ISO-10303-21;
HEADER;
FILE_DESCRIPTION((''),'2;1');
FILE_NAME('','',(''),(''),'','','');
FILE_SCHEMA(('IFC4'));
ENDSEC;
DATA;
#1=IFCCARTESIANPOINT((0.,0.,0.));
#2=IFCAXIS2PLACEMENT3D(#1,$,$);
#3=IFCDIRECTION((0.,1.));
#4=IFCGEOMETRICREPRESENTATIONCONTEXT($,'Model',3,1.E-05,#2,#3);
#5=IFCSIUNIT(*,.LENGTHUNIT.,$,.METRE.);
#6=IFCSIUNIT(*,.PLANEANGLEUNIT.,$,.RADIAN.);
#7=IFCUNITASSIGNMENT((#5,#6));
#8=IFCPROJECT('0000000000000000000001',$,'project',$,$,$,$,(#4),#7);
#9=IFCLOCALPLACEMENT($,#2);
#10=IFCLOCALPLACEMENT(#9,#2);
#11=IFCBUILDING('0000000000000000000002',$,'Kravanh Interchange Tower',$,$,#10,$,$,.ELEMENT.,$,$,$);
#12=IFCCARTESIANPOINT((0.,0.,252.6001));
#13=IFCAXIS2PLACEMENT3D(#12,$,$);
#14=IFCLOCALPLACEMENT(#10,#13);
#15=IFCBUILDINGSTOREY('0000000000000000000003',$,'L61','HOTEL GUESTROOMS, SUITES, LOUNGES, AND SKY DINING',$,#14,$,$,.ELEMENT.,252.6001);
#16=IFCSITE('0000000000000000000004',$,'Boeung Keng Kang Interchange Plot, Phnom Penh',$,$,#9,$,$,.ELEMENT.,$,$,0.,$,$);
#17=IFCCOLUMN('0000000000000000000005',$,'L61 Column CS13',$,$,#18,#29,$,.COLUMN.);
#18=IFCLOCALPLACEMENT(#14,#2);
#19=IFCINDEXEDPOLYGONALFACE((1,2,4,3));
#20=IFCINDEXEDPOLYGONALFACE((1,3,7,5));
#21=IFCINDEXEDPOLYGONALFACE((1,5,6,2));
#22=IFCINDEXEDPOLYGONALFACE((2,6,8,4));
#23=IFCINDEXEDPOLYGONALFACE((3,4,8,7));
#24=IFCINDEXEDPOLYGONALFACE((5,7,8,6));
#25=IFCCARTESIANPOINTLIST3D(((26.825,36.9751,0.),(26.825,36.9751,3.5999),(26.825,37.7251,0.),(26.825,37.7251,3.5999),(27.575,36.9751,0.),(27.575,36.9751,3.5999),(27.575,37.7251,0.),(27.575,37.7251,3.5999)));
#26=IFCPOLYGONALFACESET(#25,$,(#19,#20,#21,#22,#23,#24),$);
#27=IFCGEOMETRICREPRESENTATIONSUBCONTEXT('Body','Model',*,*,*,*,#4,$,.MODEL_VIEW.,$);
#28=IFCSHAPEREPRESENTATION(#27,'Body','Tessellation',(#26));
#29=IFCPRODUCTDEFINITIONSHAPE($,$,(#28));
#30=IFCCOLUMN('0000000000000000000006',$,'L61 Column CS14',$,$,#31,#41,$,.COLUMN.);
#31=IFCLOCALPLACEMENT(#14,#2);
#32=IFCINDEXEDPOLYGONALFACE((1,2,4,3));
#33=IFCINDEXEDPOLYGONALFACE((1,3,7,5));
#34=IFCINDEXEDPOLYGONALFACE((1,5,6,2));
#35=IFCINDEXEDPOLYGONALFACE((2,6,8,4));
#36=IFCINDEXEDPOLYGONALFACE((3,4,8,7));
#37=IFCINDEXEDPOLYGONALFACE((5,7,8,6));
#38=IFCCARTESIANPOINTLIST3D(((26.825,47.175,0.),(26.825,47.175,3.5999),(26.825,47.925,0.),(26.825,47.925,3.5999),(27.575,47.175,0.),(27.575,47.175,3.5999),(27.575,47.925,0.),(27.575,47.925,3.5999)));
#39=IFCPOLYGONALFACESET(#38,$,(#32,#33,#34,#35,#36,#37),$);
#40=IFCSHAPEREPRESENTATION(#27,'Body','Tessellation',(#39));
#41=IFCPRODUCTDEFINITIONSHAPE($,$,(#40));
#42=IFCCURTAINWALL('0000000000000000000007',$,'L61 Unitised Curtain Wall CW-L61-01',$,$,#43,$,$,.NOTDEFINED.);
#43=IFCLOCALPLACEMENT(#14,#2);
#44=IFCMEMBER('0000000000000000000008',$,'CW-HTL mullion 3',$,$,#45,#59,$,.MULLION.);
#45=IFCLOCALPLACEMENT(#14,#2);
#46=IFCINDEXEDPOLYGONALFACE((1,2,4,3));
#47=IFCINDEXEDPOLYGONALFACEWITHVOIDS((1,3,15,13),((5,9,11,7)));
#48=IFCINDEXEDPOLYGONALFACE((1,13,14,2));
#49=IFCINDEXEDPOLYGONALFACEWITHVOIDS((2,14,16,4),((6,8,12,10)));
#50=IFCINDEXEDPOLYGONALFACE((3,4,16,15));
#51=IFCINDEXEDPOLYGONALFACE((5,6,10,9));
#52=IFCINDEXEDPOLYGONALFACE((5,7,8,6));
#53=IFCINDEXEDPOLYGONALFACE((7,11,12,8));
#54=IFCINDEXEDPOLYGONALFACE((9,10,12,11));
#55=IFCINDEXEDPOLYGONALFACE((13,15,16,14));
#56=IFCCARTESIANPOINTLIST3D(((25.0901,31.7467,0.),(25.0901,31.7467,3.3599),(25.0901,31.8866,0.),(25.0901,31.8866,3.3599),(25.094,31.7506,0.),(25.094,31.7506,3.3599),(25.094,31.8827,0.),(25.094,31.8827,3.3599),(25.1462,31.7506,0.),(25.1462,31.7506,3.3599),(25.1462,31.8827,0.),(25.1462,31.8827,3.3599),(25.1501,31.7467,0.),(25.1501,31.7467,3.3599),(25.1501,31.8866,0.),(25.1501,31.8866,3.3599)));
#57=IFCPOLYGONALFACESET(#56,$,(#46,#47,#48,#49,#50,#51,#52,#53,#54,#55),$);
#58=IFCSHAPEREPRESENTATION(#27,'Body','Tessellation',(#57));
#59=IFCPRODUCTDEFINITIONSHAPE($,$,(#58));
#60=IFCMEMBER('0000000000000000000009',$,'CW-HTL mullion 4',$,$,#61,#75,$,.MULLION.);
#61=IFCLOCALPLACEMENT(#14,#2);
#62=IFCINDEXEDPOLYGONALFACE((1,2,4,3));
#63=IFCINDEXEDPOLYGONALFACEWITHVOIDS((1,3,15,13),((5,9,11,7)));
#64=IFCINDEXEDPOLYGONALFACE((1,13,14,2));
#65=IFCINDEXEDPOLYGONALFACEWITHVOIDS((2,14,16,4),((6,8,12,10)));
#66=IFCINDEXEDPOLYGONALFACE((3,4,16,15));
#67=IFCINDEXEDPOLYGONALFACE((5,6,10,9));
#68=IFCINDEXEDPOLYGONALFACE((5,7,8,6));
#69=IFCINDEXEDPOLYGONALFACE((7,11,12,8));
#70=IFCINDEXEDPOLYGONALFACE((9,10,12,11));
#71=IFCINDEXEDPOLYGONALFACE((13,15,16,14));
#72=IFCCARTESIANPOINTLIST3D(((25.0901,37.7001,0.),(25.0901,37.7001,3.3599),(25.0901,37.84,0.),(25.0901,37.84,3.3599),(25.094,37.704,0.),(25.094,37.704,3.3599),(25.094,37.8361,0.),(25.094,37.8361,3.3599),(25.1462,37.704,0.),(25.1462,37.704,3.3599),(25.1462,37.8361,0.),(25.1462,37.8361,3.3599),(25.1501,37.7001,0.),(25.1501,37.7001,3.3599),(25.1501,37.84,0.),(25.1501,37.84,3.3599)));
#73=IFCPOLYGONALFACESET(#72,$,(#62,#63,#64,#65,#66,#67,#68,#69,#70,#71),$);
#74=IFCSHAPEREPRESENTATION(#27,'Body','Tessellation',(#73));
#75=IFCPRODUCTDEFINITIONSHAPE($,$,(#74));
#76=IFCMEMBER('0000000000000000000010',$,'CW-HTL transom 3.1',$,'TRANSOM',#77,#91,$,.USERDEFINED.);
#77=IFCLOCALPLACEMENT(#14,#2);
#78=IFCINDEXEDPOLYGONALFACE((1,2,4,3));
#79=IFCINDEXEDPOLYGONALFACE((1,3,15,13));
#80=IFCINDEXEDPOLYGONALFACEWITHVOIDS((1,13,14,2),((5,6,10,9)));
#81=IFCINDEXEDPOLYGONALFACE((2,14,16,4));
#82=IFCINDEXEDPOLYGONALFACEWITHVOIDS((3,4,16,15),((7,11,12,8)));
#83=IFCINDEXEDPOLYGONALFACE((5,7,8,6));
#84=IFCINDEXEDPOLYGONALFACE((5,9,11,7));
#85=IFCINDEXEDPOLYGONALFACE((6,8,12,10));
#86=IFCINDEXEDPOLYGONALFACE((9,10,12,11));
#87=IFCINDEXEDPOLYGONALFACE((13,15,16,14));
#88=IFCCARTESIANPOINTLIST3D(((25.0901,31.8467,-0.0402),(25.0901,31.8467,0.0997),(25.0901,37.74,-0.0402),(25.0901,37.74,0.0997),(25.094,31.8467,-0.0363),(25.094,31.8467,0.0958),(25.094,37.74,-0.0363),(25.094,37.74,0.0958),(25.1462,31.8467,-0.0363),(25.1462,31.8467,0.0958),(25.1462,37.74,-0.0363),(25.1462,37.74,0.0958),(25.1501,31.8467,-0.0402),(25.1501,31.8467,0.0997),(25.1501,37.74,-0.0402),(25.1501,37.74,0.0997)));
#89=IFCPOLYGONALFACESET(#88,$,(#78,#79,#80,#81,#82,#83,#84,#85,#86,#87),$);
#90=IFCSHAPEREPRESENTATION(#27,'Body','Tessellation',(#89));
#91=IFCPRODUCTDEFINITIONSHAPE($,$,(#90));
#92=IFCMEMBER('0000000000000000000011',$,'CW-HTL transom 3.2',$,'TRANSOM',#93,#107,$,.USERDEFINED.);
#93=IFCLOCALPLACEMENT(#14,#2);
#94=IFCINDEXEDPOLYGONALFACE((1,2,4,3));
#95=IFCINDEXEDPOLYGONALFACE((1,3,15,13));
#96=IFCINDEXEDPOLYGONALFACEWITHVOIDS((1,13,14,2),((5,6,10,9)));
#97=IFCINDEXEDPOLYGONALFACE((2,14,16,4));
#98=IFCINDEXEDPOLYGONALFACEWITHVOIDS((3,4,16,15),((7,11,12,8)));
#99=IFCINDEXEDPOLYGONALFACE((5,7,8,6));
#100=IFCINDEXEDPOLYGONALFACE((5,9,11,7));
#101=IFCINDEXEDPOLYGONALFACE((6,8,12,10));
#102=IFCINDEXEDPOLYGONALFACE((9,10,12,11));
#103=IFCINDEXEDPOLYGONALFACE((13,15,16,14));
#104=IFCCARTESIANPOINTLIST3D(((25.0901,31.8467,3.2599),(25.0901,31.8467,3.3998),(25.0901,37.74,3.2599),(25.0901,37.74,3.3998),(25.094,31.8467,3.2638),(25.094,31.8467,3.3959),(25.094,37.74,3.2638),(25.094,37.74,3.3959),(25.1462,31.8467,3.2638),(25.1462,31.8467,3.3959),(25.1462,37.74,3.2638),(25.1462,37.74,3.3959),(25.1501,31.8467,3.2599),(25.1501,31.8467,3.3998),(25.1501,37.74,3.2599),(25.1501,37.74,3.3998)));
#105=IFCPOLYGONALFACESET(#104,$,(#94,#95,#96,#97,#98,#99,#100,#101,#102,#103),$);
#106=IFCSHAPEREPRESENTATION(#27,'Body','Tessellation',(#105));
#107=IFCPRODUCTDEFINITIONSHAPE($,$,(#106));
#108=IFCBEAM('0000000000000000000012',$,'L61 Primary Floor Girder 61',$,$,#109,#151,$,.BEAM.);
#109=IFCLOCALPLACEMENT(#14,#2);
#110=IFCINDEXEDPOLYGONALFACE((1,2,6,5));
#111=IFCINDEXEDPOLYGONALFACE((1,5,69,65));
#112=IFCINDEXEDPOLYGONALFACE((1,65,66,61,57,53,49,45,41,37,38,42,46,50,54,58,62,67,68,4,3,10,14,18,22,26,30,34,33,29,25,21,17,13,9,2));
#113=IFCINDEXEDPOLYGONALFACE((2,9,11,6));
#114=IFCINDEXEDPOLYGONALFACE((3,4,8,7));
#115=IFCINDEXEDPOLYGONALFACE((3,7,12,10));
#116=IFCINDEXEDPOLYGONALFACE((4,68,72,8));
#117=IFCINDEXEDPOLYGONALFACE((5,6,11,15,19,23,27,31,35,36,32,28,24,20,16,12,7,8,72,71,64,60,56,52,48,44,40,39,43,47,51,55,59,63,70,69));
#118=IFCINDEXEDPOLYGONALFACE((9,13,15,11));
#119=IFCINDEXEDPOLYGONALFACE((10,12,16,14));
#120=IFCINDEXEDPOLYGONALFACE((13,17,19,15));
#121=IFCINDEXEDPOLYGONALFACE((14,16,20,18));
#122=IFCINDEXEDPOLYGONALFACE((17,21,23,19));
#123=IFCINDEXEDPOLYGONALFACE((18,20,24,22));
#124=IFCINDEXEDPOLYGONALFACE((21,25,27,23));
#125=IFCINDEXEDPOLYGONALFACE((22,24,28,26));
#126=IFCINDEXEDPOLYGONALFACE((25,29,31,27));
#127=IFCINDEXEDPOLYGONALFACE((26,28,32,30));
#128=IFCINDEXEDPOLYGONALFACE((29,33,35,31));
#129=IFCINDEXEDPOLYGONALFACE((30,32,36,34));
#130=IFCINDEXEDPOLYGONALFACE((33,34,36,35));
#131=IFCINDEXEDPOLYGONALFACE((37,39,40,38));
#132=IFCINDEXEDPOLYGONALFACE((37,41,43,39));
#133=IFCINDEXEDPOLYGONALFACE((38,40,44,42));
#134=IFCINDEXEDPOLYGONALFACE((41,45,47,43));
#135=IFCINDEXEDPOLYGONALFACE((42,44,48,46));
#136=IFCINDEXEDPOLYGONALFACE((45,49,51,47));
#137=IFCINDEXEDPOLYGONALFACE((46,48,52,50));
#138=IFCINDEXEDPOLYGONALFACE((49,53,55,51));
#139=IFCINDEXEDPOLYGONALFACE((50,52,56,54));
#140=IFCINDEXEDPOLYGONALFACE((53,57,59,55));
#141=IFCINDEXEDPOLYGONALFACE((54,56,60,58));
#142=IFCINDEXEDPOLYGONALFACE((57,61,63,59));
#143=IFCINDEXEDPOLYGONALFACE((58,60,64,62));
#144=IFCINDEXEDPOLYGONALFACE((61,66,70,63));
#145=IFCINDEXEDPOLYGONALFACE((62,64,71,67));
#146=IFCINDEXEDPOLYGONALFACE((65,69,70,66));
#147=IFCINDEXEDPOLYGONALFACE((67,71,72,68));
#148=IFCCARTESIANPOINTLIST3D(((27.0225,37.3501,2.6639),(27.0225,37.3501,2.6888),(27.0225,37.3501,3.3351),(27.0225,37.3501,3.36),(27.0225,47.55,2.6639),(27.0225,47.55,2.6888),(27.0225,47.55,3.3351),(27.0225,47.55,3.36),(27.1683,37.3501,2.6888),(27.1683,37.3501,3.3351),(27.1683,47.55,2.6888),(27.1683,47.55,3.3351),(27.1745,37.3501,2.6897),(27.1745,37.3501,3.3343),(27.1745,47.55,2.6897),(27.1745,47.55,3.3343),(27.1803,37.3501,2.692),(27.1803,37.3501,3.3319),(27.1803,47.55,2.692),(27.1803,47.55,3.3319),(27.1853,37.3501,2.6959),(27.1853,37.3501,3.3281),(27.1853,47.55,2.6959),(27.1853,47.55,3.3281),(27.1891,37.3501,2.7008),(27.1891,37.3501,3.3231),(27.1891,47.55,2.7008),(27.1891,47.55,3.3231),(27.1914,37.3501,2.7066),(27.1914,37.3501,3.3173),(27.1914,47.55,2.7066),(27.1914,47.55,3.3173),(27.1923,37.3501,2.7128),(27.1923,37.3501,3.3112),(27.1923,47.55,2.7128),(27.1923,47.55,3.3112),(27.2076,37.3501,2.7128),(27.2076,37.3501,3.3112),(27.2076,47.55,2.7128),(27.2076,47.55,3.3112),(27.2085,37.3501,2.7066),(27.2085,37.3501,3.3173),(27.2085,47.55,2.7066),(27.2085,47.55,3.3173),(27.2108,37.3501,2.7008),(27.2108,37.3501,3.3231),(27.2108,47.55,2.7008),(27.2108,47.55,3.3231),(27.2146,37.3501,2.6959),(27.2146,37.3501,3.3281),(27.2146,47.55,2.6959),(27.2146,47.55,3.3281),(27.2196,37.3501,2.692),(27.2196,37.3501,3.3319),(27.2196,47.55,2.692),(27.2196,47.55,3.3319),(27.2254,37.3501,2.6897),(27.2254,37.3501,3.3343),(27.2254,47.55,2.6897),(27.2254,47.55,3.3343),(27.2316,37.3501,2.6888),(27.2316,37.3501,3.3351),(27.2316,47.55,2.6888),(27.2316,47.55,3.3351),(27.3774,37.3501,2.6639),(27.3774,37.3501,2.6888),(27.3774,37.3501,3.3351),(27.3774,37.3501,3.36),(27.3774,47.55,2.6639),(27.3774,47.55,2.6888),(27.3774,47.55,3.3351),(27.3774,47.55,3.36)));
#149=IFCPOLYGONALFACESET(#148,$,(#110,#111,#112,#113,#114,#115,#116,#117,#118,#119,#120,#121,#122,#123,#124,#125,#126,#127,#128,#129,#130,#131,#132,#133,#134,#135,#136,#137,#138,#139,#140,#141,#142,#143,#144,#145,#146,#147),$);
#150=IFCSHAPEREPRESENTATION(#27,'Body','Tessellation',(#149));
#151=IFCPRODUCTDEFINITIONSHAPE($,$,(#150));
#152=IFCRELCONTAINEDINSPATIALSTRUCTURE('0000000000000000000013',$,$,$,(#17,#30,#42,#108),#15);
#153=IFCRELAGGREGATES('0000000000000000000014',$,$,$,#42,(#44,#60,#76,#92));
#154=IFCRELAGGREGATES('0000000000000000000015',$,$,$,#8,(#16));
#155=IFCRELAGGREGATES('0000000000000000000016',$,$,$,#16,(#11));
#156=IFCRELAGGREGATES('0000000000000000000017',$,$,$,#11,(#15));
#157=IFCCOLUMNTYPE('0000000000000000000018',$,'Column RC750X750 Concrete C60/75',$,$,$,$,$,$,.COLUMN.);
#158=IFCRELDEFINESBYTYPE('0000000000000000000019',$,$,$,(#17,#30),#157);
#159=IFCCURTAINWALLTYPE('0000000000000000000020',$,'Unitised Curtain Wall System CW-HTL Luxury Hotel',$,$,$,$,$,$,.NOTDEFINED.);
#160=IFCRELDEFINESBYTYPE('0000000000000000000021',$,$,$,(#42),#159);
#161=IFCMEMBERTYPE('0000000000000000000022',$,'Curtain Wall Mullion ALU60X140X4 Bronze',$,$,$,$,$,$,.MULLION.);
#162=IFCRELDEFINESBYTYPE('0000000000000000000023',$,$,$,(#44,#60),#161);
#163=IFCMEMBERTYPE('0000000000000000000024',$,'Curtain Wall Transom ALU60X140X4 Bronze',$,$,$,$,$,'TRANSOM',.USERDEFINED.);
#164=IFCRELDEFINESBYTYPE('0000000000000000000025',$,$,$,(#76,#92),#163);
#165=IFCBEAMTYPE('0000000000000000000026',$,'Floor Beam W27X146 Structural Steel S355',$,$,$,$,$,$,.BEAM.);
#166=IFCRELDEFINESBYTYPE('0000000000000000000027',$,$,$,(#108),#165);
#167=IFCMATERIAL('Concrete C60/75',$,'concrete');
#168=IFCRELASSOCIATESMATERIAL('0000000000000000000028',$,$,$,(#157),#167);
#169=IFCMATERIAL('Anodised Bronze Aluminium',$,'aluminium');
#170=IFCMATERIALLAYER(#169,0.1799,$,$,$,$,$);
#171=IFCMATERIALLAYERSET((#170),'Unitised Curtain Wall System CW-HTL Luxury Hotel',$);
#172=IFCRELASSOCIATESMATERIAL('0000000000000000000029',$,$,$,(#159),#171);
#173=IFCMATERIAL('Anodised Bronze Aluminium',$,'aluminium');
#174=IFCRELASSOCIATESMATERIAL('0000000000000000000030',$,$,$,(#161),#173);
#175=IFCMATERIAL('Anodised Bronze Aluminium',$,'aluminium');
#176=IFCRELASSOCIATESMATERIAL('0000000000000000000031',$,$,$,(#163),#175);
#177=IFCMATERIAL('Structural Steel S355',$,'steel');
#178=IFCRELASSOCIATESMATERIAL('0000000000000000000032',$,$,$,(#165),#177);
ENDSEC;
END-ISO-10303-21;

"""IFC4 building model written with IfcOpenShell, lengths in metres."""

from ifc_helpers import new_model, si_unit, direction, frame, origin, origin_2d, place, context, subcontext, project, spatial, rectangle, hollow_rectangle, i_section, extrude, material, layer, layer_set, material_profile, profile_set, type_object, element, aggregate, save


model = new_model("IFC4")

# Units and contexts
model_context = context("Model", 3, precision=1e-05, world=origin(), true_north=direction((0.0, 1.0)))
body_context = subcontext(model_context, "Body", "Model", "MODEL_VIEW")
ifc_project = project(units=[si_unit("LENGTHUNIT", "METRE"), si_unit("PLANEANGLEUNIT", "RADIAN")], contexts=[model_context])

# Site, building, storey
site_placement = place(None, origin())
site = spatial("IfcSite", under=ifc_project, at=site_placement, Name="Boeung Keng Kang Interchange Plot, Phnom Penh", CompositionType="ELEMENT", RefElevation=0.0)
building_placement = place(site_placement, origin())
building = spatial("IfcBuilding", under=site, at=building_placement, Name="Kravanh Interchange Tower", CompositionType="ELEMENT")
storey_placement = place(building_placement, frame((0.0, 0.0, 252.6001)))
storey = spatial("IfcBuildingStorey", under=building, at=storey_placement, Name="L61", Description="HOTEL GUESTROOMS, SUITES, LOUNGES, AND SKY DINING", CompositionType="ELEMENT", Elevation=252.6001)

# Columns
ifc_material_1 = material(Name="Concrete C60/75", Category="concrete")
ifc_material_profile_1 = material_profile(ifc_material_1, rectangle(XDim=0.75, YDim=0.75, at=origin_2d()), Name="RC750X750")
ifc_profile_set_1 = profile_set([ifc_material_profile_1], Name="Concrete C60/75")
column_type = type_object("IfcColumnType", Name="Column RC750X750 Concrete C60/75", PredefinedType="COLUMN", material=ifc_profile_set_1)
for number, where, z_axis, x_axis, name in (
    (1, (27.2, 37.3501, 0.0), (0.0, 0.0, 1.0), (1.0, 0.0, 0.0), "L61 Column CS13"),
    (2, (27.2, 47.55, 0.0), (0.0, 0.0, 1.0), (1.0, 0.0, 0.0), "L61 Column CS14"),
):
    element("IfcColumn", number, at=place(storey_placement, frame(where, z_axis=z_axis, x_axis=x_axis)), inside=storey, type_object=column_type, Name=name, PredefinedType="COLUMN", context=body_context, shape_type="SweptSolid", body=[
        extrude(rectangle(XDim=0.75, YDim=0.75, at=origin_2d()), origin(), (0.0, 0.0, 1.0), 3.5999),
    ])

# Curtain wall, members
ifc_material_2 = material(Name="Anodised Bronze Aluminium", Category="aluminium")
ifc_layer_1 = layer(ifc_material_2, 0.1799)
ifc_layer_set_1 = layer_set([ifc_layer_1], Name="Unitised Curtain Wall System CW-HTL Luxury Hotel")
curtain_wall_type = type_object("IfcCurtainWallType", Name="Unitised Curtain Wall System CW-HTL Luxury Hotel", PredefinedType="NOTDEFINED", material=ifc_layer_set_1)
curtain_wall_placement = place(storey_placement, origin())
curtain_wall = element("IfcCurtainWall", 3, at=curtain_wall_placement, inside=storey, type_object=curtain_wall_type, Name="L61 Unitised Curtain Wall CW-L61-01", PredefinedType="NOTDEFINED")
ifc_material_3 = material(Name="Anodised Bronze Aluminium", Category="aluminium")
ifc_material_profile_2 = material_profile(ifc_material_3, hollow_rectangle(XDim=0.0601, YDim=0.1399, WallThickness=0.0039, at=origin_2d()), Name="ALU60X140X4")
ifc_profile_set_2 = profile_set([ifc_material_profile_2], Name="Anodised Bronze Aluminium")
member_type_1 = type_object("IfcMemberType", Name="Curtain Wall Mullion ALU60X140X4 Bronze", PredefinedType="MULLION", material=ifc_profile_set_2)
member_1_placement = place(storey_placement, frame((25.1201, 31.8167, 0.0), z_axis=(0.0, 0.0, 1.0), x_axis=(-1.0, 0.0, 0.0)))
member_1 = element("IfcMember", 4, at=member_1_placement, type_object=member_type_1, Name="CW-HTL mullion 3", PredefinedType="MULLION", context=body_context, shape_type="SweptSolid", body=[
    extrude(hollow_rectangle(XDim=0.0601, YDim=0.1399, WallThickness=0.0039, at=origin_2d()), origin(), (0.0, 0.0, 1.0), 3.3599),
])
member_2_placement = place(storey_placement, frame((25.1201, 37.77, 0.0), z_axis=(0.0, 0.0, 1.0), x_axis=(-1.0, 0.0, 0.0)))
member_2 = element("IfcMember", 5, at=member_2_placement, type_object=member_type_1, Name="CW-HTL mullion 4", PredefinedType="MULLION", context=body_context, shape_type="SweptSolid", body=[
    extrude(hollow_rectangle(XDim=0.0601, YDim=0.1399, WallThickness=0.0039, at=origin_2d()), origin(), (0.0, 0.0, 1.0), 3.3599),
])
ifc_material_4 = material(Name="Anodised Bronze Aluminium", Category="aluminium")
ifc_material_profile_3 = material_profile(ifc_material_4, hollow_rectangle(XDim=0.0601, YDim=0.1399, WallThickness=0.0039, at=origin_2d()), Name="ALU60X140X4")
ifc_profile_set_3 = profile_set([ifc_material_profile_3], Name="Anodised Bronze Aluminium")
member_type_2 = type_object("IfcMemberType", Name="Curtain Wall Transom ALU60X140X4 Bronze", ElementType="TRANSOM", PredefinedType="USERDEFINED", material=ifc_profile_set_3)
member_3_placement = place(storey_placement, frame((25.1201, 31.8467, 0.0298), z_axis=(0.0, 1.0, 0.0), x_axis=(-1.0, 0.0, 0.0)))
member_3 = element("IfcMember", 6, at=member_3_placement, type_object=member_type_2, Name="CW-HTL transom 3.1", ObjectType="TRANSOM", PredefinedType="USERDEFINED", context=body_context, shape_type="SweptSolid", body=[
    extrude(hollow_rectangle(XDim=0.0601, YDim=0.1399, WallThickness=0.0039, at=origin_2d()), origin(), (0.0, 0.0, 1.0), 5.8933),
])
member_4_placement = place(storey_placement, frame((25.1201, 31.8467, 3.3298), z_axis=(0.0, 1.0, 0.0), x_axis=(-1.0, 0.0, 0.0)))
member_4 = element("IfcMember", 7, at=member_4_placement, type_object=member_type_2, Name="CW-HTL transom 3.2", ObjectType="TRANSOM", PredefinedType="USERDEFINED", context=body_context, shape_type="SweptSolid", body=[
    extrude(hollow_rectangle(XDim=0.0601, YDim=0.1399, WallThickness=0.0039, at=origin_2d()), origin(), (0.0, 0.0, 1.0), 5.8933),
])

# Beam
ifc_material_5 = material(Name="Structural Steel S355", Category="steel")
ifc_material_profile_4 = material_profile(ifc_material_5, i_section(OverallWidth=0.355, OverallDepth=0.696, WebThickness=0.0154, FlangeThickness=0.0249, FilletRadius=0.0239, at=origin_2d()), Name="W27X146")
ifc_profile_set_4 = profile_set([ifc_material_profile_4], Name="Structural Steel S355")
beam_type_1 = type_object("IfcBeamType", Name="Floor Beam W27X146 Structural Steel S355", PredefinedType="BEAM", material=ifc_profile_set_4)
beam_placement = place(storey_placement, frame((27.2, 37.3501, 3.012), z_axis=(0.0, 1.0, 0.0), x_axis=(-1.0, 0.0, 0.0)))
element("IfcBeam", 8, at=beam_placement, inside=storey, type_object=beam_type_1, Name="L61 Primary Floor Girder 61", PredefinedType="BEAM", context=body_context, shape_type="SweptSolid", body=[
    extrude(i_section(OverallWidth=0.355, OverallDepth=0.696, WebThickness=0.0154, FlangeThickness=0.0249, FilletRadius=0.0239, at=origin_2d()), origin(), (0.0, 0.0, 1.0), 10.2),
])

aggregate(curtain_wall, [member_1, member_2, member_3, member_4])

save(model, "model.ifc")
